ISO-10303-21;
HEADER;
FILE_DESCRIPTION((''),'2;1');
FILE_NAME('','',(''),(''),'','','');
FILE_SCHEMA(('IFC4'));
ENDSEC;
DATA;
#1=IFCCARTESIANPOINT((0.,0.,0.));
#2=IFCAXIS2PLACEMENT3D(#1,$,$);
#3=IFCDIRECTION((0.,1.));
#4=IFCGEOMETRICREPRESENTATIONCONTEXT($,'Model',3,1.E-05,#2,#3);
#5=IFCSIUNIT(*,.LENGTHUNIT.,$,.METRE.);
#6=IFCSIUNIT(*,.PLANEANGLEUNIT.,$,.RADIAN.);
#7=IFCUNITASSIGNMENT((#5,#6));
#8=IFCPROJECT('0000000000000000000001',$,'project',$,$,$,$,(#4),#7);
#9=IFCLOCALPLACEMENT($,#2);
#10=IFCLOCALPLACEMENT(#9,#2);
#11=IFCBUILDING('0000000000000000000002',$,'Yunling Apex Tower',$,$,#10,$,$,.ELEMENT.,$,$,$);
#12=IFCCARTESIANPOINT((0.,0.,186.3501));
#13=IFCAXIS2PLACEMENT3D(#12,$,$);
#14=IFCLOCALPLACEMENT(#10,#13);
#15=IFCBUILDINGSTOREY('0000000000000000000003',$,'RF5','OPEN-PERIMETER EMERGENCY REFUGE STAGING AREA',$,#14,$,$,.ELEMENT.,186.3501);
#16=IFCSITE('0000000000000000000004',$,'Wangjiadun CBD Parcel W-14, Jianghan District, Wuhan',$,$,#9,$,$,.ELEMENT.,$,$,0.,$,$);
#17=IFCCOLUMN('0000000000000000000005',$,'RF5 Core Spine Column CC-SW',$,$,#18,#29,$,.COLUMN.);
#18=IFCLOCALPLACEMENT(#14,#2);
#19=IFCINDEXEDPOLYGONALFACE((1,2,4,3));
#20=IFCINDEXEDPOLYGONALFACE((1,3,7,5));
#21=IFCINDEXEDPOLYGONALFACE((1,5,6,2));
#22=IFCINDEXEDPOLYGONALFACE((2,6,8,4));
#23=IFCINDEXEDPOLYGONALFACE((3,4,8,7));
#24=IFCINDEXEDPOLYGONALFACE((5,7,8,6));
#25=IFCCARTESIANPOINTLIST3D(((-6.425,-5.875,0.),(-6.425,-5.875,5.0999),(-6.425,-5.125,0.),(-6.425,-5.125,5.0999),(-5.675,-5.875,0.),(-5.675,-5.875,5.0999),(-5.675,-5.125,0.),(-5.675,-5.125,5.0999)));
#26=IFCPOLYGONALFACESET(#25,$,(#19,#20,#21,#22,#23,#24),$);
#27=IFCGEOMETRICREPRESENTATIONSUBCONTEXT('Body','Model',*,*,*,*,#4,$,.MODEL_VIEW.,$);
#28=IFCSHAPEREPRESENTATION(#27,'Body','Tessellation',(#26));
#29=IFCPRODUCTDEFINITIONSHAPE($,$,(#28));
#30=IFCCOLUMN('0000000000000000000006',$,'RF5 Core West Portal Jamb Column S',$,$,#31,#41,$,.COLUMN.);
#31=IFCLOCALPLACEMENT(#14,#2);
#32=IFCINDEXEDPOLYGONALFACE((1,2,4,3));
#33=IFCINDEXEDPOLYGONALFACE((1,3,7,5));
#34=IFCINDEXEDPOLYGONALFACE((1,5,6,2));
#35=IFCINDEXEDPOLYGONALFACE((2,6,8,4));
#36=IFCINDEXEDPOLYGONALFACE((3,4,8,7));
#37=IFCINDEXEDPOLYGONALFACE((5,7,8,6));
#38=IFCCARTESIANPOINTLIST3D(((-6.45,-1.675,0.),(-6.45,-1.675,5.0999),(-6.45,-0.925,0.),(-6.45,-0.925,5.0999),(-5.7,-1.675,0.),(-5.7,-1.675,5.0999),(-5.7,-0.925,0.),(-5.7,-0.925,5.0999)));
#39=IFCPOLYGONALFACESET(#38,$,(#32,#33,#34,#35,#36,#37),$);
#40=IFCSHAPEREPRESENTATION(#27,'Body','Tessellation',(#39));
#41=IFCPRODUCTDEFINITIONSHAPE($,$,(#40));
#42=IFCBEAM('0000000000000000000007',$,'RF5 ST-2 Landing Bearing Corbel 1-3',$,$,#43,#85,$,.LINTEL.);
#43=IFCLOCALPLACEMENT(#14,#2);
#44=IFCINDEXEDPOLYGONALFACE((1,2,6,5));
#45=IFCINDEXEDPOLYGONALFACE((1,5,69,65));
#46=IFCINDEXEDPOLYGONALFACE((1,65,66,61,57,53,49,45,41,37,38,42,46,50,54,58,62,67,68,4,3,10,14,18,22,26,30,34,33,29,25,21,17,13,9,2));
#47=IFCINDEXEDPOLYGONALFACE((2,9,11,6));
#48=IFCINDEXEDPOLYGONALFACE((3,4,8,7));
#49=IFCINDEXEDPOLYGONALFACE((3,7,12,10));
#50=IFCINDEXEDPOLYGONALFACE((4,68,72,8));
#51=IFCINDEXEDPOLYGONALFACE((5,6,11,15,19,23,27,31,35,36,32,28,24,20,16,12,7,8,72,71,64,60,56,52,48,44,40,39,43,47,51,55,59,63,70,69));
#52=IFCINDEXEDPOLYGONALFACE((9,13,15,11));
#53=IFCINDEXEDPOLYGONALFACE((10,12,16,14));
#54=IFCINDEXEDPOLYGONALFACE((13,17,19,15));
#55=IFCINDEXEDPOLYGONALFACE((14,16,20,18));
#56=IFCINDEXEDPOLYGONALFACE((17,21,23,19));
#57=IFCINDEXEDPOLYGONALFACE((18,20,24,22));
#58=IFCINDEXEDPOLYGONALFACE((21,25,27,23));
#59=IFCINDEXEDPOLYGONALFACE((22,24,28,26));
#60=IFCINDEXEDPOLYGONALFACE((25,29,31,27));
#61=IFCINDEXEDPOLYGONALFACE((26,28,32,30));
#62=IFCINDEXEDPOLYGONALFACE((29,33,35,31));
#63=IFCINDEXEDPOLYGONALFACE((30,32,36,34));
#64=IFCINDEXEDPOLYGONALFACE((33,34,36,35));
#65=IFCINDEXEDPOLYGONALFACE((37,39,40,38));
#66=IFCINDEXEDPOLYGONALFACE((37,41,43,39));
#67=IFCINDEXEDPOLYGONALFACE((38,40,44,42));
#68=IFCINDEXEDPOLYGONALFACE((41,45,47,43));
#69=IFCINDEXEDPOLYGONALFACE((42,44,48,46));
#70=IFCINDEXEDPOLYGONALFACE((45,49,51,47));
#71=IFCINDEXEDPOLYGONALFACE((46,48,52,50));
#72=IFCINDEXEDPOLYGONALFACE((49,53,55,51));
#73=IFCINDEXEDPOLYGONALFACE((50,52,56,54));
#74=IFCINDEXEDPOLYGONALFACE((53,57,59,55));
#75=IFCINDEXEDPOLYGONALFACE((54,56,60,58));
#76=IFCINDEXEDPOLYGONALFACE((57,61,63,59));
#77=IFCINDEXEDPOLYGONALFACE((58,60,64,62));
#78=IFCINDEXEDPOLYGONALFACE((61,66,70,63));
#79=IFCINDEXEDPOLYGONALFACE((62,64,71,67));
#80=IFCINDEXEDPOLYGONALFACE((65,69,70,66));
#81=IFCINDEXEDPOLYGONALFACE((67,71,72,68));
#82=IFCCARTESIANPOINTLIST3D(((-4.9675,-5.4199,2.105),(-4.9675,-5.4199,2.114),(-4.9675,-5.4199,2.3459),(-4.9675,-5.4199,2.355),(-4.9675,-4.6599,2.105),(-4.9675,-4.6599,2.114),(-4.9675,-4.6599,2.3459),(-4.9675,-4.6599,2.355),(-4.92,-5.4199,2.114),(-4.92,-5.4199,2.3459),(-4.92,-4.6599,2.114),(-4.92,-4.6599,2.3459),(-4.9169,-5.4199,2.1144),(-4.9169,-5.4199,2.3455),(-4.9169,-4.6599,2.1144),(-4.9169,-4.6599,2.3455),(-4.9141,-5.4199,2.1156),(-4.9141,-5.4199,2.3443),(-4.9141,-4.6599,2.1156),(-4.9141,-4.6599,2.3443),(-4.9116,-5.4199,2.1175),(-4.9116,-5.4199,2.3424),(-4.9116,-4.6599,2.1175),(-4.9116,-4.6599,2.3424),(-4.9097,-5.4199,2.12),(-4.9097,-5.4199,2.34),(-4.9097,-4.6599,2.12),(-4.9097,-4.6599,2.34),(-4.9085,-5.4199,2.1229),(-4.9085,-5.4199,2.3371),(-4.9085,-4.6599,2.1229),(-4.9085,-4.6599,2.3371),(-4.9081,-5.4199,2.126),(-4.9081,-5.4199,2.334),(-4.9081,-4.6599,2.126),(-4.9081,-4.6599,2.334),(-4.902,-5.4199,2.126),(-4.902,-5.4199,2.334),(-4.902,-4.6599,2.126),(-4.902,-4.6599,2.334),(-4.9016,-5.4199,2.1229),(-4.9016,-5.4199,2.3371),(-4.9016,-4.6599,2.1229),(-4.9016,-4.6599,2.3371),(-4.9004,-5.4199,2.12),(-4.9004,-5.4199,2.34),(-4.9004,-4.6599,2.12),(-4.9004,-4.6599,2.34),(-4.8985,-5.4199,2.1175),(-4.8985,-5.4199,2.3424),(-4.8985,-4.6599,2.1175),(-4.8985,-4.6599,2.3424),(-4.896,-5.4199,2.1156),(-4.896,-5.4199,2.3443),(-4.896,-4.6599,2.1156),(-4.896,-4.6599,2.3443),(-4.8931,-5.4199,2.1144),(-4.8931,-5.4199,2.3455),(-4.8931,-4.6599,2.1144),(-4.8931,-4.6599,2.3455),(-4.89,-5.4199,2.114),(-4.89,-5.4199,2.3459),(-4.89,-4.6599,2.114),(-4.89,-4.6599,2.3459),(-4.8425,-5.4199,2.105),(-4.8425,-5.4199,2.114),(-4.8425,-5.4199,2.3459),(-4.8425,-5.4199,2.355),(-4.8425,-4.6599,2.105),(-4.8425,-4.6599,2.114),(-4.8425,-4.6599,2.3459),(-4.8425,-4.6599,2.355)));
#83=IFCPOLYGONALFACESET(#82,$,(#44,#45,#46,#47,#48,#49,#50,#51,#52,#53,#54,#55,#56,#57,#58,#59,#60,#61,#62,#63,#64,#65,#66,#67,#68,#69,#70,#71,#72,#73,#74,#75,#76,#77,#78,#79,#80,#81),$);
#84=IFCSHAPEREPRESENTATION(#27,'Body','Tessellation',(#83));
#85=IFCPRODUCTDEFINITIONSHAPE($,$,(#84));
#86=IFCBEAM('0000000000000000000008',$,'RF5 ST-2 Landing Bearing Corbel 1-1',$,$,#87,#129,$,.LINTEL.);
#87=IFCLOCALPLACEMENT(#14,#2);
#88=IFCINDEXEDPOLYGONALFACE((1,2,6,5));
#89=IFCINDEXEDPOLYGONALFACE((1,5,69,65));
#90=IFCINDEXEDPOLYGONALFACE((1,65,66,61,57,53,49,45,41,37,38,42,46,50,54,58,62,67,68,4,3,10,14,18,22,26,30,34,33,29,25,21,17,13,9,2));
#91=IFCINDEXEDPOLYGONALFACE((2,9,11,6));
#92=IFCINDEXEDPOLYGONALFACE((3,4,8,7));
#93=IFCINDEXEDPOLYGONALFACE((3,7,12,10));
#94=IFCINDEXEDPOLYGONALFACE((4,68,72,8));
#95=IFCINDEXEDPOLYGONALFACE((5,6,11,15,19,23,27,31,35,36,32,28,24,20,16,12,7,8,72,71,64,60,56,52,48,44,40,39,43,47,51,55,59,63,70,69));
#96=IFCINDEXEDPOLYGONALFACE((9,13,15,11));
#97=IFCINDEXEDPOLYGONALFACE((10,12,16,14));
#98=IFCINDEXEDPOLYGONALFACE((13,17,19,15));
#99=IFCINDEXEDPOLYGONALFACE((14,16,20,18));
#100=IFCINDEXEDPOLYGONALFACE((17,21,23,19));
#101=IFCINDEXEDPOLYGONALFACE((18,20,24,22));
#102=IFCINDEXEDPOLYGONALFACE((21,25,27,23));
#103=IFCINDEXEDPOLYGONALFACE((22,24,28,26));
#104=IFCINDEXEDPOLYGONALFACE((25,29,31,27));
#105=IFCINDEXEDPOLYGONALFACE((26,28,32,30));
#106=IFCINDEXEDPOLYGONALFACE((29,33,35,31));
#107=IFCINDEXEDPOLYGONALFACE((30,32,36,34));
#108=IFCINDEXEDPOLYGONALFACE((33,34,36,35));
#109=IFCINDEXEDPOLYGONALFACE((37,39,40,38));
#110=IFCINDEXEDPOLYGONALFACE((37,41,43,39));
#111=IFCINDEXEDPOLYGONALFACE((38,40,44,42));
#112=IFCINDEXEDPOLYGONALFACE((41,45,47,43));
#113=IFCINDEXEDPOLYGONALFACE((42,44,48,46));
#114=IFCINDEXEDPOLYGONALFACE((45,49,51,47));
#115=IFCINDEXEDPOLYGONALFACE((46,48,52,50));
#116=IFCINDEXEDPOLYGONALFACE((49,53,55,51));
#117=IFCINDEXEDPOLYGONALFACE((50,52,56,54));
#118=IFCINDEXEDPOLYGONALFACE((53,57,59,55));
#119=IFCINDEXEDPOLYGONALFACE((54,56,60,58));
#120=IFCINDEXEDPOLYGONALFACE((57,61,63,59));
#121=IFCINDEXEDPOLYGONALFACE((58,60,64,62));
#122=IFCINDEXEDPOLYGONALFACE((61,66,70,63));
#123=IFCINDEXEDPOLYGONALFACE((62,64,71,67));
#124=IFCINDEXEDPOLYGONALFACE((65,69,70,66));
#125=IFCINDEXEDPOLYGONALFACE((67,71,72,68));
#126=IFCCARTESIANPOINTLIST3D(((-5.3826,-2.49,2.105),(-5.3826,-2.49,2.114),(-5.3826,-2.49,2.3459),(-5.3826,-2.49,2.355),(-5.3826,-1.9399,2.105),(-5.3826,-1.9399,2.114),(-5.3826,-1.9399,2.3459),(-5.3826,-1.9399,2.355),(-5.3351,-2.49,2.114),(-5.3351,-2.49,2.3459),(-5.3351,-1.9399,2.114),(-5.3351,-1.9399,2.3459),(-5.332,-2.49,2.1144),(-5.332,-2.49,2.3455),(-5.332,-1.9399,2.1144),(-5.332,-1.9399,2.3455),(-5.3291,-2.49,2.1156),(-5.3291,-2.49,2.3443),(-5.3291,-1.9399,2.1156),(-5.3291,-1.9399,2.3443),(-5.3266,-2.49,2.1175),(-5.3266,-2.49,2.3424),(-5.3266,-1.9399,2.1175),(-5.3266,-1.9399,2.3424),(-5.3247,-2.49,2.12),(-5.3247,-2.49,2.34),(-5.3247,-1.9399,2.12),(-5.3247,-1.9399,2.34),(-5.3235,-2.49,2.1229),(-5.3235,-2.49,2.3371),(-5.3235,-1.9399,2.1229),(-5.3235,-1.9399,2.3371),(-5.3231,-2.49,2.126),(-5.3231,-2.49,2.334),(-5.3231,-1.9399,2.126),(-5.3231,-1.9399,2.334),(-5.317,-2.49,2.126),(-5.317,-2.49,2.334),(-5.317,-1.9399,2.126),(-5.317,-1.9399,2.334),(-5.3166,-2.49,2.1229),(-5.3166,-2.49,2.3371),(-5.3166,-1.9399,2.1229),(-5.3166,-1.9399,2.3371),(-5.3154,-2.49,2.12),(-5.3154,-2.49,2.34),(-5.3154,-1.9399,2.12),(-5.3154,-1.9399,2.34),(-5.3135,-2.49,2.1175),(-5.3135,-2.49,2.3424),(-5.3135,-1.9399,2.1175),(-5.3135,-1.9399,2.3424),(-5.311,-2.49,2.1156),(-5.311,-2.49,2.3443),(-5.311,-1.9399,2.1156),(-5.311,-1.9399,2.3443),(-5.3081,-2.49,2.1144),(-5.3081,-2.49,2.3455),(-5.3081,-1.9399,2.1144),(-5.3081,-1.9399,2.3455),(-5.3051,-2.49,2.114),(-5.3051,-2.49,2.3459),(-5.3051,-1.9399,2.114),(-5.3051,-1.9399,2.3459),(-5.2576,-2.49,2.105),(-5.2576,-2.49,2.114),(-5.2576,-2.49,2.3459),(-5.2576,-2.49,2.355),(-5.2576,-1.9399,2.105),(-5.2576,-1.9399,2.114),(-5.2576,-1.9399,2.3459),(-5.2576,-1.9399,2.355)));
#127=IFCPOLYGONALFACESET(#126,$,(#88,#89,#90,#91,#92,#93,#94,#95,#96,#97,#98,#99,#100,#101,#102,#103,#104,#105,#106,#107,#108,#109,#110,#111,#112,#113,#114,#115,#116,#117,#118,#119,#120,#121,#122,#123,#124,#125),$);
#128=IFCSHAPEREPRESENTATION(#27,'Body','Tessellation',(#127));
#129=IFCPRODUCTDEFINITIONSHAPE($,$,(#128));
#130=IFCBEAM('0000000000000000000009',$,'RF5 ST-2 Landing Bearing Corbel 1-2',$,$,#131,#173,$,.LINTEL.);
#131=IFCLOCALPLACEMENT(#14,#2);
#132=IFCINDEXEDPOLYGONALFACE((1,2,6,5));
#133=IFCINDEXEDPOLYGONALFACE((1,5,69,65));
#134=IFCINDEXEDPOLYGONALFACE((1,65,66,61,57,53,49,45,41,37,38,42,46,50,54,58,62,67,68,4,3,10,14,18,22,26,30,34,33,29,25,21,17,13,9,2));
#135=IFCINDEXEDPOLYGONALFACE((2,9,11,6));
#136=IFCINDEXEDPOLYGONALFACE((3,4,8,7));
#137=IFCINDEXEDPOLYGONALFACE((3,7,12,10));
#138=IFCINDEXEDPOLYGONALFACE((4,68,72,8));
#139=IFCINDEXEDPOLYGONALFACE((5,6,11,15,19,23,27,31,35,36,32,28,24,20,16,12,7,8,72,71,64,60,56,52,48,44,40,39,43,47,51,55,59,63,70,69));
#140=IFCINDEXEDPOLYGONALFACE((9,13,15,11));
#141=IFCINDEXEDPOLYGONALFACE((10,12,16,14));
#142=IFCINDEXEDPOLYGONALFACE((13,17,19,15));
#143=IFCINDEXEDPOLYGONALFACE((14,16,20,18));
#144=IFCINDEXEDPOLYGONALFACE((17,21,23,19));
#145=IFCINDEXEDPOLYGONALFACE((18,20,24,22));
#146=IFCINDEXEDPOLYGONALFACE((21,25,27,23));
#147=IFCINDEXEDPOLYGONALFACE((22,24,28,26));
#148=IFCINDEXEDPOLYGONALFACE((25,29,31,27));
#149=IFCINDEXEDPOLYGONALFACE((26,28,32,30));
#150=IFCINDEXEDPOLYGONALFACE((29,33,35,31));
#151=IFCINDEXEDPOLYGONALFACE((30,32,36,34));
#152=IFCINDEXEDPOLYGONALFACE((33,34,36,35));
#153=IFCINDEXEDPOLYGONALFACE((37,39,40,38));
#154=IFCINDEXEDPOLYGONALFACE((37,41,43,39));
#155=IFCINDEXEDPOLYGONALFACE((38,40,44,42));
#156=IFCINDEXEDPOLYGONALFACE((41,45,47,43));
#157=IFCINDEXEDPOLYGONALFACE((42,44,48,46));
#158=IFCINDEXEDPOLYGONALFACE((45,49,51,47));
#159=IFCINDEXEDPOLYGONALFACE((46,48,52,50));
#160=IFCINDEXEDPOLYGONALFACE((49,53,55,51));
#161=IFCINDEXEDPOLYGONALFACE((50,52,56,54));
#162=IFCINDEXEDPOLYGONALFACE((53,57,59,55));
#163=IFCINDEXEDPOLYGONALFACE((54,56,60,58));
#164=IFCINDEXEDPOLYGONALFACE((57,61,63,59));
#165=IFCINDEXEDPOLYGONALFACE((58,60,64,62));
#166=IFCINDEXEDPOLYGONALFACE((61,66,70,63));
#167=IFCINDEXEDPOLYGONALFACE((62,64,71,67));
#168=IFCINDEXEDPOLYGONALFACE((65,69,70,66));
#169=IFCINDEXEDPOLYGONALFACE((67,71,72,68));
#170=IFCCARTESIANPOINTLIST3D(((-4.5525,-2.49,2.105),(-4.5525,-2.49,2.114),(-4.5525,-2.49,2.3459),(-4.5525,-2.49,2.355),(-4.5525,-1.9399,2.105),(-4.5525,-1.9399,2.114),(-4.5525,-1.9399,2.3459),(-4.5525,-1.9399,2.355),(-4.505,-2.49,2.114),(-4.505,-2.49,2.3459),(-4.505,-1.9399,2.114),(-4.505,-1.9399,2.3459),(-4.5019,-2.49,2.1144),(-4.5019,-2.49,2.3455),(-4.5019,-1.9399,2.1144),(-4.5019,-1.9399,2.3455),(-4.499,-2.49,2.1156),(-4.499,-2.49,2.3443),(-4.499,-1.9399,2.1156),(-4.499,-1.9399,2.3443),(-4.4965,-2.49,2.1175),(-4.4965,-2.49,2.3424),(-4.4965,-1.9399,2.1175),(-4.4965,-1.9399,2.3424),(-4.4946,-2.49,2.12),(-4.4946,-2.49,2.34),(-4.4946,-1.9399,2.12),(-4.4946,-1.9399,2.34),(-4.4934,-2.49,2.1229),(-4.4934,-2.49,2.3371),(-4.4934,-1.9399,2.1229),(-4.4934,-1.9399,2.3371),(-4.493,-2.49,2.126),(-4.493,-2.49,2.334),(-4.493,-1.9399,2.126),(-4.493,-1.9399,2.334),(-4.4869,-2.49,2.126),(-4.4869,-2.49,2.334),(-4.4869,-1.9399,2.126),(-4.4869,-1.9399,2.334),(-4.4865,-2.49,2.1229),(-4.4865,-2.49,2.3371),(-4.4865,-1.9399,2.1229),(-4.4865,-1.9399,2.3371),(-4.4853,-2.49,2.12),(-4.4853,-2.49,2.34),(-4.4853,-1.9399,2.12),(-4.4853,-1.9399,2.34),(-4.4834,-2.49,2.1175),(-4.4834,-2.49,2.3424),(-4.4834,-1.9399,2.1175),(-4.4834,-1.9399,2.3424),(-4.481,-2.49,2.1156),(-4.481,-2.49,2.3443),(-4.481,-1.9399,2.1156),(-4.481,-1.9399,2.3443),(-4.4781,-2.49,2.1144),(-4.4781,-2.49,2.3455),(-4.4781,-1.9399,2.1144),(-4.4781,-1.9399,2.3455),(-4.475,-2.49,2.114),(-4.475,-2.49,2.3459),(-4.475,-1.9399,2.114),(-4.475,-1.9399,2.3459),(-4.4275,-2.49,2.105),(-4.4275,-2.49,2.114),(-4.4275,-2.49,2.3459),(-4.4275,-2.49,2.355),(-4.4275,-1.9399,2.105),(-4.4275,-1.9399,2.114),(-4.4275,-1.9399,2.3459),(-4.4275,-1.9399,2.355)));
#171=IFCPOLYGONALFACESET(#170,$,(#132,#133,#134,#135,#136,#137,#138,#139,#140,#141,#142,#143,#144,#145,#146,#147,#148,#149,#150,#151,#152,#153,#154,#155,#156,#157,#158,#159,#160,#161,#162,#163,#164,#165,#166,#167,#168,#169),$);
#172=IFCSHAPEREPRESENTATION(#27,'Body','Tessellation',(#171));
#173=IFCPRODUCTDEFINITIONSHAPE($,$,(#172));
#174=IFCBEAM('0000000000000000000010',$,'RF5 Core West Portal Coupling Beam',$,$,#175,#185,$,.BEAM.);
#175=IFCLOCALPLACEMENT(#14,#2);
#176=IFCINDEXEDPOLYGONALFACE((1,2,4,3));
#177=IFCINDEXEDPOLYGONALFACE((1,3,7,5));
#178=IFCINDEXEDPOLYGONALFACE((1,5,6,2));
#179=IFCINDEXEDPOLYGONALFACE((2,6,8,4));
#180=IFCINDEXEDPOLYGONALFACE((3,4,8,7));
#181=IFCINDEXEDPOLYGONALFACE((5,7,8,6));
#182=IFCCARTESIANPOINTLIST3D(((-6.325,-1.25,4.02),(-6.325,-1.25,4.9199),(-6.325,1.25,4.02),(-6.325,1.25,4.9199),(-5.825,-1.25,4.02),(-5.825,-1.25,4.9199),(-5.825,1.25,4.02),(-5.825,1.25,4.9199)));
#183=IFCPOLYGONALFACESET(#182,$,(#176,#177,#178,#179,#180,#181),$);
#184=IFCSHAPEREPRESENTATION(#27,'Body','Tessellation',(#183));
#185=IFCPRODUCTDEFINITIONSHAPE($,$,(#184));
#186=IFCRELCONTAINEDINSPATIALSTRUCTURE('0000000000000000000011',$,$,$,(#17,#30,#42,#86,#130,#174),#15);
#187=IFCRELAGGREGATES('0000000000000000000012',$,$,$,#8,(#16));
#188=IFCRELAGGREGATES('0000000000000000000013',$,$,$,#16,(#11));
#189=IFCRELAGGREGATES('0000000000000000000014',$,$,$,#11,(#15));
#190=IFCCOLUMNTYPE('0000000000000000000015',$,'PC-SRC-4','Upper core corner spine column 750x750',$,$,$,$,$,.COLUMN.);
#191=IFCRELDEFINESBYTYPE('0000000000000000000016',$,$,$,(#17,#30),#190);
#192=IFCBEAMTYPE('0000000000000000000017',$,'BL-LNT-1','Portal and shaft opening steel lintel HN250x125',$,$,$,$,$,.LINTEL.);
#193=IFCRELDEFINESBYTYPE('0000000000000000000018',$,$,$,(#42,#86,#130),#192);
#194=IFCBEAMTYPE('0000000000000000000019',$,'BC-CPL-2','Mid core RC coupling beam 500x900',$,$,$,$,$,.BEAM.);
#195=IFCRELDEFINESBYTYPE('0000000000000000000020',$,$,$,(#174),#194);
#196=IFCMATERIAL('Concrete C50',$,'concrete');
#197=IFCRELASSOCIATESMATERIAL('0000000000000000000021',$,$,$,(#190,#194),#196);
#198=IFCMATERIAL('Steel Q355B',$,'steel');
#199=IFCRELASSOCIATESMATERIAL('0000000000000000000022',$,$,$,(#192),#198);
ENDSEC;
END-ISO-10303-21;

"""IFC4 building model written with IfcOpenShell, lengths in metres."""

from ifc_helpers import new_model, si_unit, direction, frame, origin, origin_2d, place, context, subcontext, project, spatial, rectangle, i_section, extrude, source, transform, mapped, material, material_profile, profile_set, type_object, element, save


model = new_model("IFC4")

# Units and contexts
model_context = context("Model", 3, precision=1e-05, world=origin(), true_north=direction((0.0, 1.0)))
body_context = subcontext(model_context, "Body", "Model", "MODEL_VIEW")
ifc_project = project(units=[si_unit("LENGTHUNIT", "METRE"), si_unit("PLANEANGLEUNIT", "RADIAN")], contexts=[model_context])

# Site, building, storey
site_placement = place(None, origin())
site = spatial("IfcSite", under=ifc_project, at=site_placement, Name="Wangjiadun CBD Parcel W-14, Jianghan District, Wuhan", CompositionType="ELEMENT", RefElevation=0.0)
building_placement = place(site_placement, origin())
building = spatial("IfcBuilding", under=site, at=building_placement, Name="Yunling Apex Tower", CompositionType="ELEMENT")
storey_placement = place(building_placement, frame((0.0, 0.0, 186.3501)))
storey = spatial("IfcBuildingStorey", under=building, at=storey_placement, Name="RF5", Description="OPEN-PERIMETER EMERGENCY REFUGE STAGING AREA", CompositionType="ELEMENT", Elevation=186.3501)

# Columns
ifc_material_1 = material(Name="Concrete C50", Category="concrete")
ifc_material_profile_1 = material_profile(ifc_material_1, rectangle(XDim=0.75, YDim=0.75, at=origin_2d()))
ifc_profile_set_1 = profile_set([ifc_material_profile_1], Name="Concrete C50")
column_type = type_object("IfcColumnType", Name="PC-SRC-4", Description="Upper core corner spine column 750x750", PredefinedType="COLUMN", material=ifc_profile_set_1)
shared_shape_1 = source(origin(), body_context, "Body", "SweptSolid", [
    extrude(rectangle(XDim=0.75, YDim=0.75, at=origin_2d()), origin(), (0.0, 0.0, 1.0), 5.0999),
])
for number, where, z_axis, x_axis, name in (
    (1, (-6.05, -5.5, 0.0), (0.0, 0.0, 1.0), (1.0, 0.0, 0.0), "RF5 Core Spine Column CC-SW"),
    (2, (-6.075, -1.3, 0.0), (0.0, 0.0, 1.0), (1.0, 0.0, 0.0), "RF5 Core West Portal Jamb Column S"),
):
    element("IfcColumn", number, at=place(storey_placement, frame(where, z_axis=z_axis, x_axis=x_axis)), inside=storey, type_object=column_type, Name=name, PredefinedType="COLUMN", context=body_context, shape_type="MappedRepresentation", body=[
        mapped(shared_shape_1, transform((0.0, 0.0, 0.0), scale=1.0)),
    ])

# Beams
ifc_material_2 = material(Name="Steel Q355B", Category="steel")
ifc_material_profile_2 = material_profile(ifc_material_2, i_section(OverallWidth=0.125, OverallDepth=0.25, WebThickness=0.0061, FlangeThickness=0.009, FilletRadius=0.012, at=origin_2d()))
ifc_profile_set_2 = profile_set([ifc_material_profile_2], Name="Steel Q355B")
beam_type_1 = type_object("IfcBeamType", Name="BL-LNT-1", Description="Portal and shaft opening steel lintel HN250x125", PredefinedType="LINTEL", material=ifc_profile_set_2)
shared_shape_2 = source(origin(), body_context, "Body", "SweptSolid", [
    extrude(i_section(OverallWidth=0.125, OverallDepth=0.25, WebThickness=0.0061, FlangeThickness=0.009, FilletRadius=0.012, at=origin_2d()), origin(), (0.0, 0.0, 1.0), 0.76),
])
beam_1_placement = place(storey_placement, frame((-4.905, -5.4199, 2.23), z_axis=(0.0, 1.0, 0.0), x_axis=(-1.0, 0.0, 0.0)))
element("IfcBeam", 3, at=beam_1_placement, inside=storey, type_object=beam_type_1, Name="RF5 ST-2 Landing Bearing Corbel 1-3", PredefinedType="LINTEL", context=body_context, shape_type="MappedRepresentation", body=[
    mapped(shared_shape_2, transform((0.0, 0.0, 0.0), scale=1.0)),
])
shared_shape_3 = source(origin(), body_context, "Body", "SweptSolid", [
    extrude(i_section(OverallWidth=0.125, OverallDepth=0.25, WebThickness=0.0061, FlangeThickness=0.009, FilletRadius=0.012, at=origin_2d()), origin(), (0.0, 0.0, 1.0), 0.55),
])
for number, where, z_axis, x_axis, name in (
    (4, (-5.3201, -1.9399, 2.23), (0.0, -1.0, 0.0), (1.0, 0.0, 0.0), "RF5 ST-2 Landing Bearing Corbel 1-1"),
    (5, (-4.49, -1.9399, 2.23), (0.0, -1.0, 0.0), (1.0, 0.0, 0.0), "RF5 ST-2 Landing Bearing Corbel 1-2"),
):
    element("IfcBeam", number, at=place(storey_placement, frame(where, z_axis=z_axis, x_axis=x_axis)), inside=storey, type_object=beam_type_1, Name=name, PredefinedType="LINTEL", context=body_context, shape_type="MappedRepresentation", body=[
        mapped(shared_shape_3, transform((0.0, 0.0, 0.0), scale=1.0)),
    ])
ifc_material_profile_3 = material_profile(ifc_material_1, rectangle(XDim=0.5, YDim=0.8999, at=origin_2d()))
ifc_profile_set_3 = profile_set([ifc_material_profile_3], Name="Concrete C50")
beam_type_2 = type_object("IfcBeamType", Name="BC-CPL-2", Description="Mid core RC coupling beam 500x900", PredefinedType="BEAM", material=ifc_profile_set_3)
shared_shape_4 = source(origin(), body_context, "Body", "SweptSolid", [
    extrude(rectangle(XDim=0.5, YDim=0.8999, at=origin_2d()), origin(), (0.0, 0.0, 1.0), 2.5),
])
beam_2_placement = place(storey_placement, frame((-6.075, -1.25, 4.47), z_axis=(0.0, 1.0, 0.0), x_axis=(-1.0, 0.0, 0.0)))
element("IfcBeam", 6, at=beam_2_placement, inside=storey, type_object=beam_type_2, Name="RF5 Core West Portal Coupling Beam", PredefinedType="BEAM", context=body_context, shape_type="MappedRepresentation", body=[
    mapped(shared_shape_4, transform((0.0, 0.0, 0.0), scale=1.0)),
])

save(model, "model.ifc")
